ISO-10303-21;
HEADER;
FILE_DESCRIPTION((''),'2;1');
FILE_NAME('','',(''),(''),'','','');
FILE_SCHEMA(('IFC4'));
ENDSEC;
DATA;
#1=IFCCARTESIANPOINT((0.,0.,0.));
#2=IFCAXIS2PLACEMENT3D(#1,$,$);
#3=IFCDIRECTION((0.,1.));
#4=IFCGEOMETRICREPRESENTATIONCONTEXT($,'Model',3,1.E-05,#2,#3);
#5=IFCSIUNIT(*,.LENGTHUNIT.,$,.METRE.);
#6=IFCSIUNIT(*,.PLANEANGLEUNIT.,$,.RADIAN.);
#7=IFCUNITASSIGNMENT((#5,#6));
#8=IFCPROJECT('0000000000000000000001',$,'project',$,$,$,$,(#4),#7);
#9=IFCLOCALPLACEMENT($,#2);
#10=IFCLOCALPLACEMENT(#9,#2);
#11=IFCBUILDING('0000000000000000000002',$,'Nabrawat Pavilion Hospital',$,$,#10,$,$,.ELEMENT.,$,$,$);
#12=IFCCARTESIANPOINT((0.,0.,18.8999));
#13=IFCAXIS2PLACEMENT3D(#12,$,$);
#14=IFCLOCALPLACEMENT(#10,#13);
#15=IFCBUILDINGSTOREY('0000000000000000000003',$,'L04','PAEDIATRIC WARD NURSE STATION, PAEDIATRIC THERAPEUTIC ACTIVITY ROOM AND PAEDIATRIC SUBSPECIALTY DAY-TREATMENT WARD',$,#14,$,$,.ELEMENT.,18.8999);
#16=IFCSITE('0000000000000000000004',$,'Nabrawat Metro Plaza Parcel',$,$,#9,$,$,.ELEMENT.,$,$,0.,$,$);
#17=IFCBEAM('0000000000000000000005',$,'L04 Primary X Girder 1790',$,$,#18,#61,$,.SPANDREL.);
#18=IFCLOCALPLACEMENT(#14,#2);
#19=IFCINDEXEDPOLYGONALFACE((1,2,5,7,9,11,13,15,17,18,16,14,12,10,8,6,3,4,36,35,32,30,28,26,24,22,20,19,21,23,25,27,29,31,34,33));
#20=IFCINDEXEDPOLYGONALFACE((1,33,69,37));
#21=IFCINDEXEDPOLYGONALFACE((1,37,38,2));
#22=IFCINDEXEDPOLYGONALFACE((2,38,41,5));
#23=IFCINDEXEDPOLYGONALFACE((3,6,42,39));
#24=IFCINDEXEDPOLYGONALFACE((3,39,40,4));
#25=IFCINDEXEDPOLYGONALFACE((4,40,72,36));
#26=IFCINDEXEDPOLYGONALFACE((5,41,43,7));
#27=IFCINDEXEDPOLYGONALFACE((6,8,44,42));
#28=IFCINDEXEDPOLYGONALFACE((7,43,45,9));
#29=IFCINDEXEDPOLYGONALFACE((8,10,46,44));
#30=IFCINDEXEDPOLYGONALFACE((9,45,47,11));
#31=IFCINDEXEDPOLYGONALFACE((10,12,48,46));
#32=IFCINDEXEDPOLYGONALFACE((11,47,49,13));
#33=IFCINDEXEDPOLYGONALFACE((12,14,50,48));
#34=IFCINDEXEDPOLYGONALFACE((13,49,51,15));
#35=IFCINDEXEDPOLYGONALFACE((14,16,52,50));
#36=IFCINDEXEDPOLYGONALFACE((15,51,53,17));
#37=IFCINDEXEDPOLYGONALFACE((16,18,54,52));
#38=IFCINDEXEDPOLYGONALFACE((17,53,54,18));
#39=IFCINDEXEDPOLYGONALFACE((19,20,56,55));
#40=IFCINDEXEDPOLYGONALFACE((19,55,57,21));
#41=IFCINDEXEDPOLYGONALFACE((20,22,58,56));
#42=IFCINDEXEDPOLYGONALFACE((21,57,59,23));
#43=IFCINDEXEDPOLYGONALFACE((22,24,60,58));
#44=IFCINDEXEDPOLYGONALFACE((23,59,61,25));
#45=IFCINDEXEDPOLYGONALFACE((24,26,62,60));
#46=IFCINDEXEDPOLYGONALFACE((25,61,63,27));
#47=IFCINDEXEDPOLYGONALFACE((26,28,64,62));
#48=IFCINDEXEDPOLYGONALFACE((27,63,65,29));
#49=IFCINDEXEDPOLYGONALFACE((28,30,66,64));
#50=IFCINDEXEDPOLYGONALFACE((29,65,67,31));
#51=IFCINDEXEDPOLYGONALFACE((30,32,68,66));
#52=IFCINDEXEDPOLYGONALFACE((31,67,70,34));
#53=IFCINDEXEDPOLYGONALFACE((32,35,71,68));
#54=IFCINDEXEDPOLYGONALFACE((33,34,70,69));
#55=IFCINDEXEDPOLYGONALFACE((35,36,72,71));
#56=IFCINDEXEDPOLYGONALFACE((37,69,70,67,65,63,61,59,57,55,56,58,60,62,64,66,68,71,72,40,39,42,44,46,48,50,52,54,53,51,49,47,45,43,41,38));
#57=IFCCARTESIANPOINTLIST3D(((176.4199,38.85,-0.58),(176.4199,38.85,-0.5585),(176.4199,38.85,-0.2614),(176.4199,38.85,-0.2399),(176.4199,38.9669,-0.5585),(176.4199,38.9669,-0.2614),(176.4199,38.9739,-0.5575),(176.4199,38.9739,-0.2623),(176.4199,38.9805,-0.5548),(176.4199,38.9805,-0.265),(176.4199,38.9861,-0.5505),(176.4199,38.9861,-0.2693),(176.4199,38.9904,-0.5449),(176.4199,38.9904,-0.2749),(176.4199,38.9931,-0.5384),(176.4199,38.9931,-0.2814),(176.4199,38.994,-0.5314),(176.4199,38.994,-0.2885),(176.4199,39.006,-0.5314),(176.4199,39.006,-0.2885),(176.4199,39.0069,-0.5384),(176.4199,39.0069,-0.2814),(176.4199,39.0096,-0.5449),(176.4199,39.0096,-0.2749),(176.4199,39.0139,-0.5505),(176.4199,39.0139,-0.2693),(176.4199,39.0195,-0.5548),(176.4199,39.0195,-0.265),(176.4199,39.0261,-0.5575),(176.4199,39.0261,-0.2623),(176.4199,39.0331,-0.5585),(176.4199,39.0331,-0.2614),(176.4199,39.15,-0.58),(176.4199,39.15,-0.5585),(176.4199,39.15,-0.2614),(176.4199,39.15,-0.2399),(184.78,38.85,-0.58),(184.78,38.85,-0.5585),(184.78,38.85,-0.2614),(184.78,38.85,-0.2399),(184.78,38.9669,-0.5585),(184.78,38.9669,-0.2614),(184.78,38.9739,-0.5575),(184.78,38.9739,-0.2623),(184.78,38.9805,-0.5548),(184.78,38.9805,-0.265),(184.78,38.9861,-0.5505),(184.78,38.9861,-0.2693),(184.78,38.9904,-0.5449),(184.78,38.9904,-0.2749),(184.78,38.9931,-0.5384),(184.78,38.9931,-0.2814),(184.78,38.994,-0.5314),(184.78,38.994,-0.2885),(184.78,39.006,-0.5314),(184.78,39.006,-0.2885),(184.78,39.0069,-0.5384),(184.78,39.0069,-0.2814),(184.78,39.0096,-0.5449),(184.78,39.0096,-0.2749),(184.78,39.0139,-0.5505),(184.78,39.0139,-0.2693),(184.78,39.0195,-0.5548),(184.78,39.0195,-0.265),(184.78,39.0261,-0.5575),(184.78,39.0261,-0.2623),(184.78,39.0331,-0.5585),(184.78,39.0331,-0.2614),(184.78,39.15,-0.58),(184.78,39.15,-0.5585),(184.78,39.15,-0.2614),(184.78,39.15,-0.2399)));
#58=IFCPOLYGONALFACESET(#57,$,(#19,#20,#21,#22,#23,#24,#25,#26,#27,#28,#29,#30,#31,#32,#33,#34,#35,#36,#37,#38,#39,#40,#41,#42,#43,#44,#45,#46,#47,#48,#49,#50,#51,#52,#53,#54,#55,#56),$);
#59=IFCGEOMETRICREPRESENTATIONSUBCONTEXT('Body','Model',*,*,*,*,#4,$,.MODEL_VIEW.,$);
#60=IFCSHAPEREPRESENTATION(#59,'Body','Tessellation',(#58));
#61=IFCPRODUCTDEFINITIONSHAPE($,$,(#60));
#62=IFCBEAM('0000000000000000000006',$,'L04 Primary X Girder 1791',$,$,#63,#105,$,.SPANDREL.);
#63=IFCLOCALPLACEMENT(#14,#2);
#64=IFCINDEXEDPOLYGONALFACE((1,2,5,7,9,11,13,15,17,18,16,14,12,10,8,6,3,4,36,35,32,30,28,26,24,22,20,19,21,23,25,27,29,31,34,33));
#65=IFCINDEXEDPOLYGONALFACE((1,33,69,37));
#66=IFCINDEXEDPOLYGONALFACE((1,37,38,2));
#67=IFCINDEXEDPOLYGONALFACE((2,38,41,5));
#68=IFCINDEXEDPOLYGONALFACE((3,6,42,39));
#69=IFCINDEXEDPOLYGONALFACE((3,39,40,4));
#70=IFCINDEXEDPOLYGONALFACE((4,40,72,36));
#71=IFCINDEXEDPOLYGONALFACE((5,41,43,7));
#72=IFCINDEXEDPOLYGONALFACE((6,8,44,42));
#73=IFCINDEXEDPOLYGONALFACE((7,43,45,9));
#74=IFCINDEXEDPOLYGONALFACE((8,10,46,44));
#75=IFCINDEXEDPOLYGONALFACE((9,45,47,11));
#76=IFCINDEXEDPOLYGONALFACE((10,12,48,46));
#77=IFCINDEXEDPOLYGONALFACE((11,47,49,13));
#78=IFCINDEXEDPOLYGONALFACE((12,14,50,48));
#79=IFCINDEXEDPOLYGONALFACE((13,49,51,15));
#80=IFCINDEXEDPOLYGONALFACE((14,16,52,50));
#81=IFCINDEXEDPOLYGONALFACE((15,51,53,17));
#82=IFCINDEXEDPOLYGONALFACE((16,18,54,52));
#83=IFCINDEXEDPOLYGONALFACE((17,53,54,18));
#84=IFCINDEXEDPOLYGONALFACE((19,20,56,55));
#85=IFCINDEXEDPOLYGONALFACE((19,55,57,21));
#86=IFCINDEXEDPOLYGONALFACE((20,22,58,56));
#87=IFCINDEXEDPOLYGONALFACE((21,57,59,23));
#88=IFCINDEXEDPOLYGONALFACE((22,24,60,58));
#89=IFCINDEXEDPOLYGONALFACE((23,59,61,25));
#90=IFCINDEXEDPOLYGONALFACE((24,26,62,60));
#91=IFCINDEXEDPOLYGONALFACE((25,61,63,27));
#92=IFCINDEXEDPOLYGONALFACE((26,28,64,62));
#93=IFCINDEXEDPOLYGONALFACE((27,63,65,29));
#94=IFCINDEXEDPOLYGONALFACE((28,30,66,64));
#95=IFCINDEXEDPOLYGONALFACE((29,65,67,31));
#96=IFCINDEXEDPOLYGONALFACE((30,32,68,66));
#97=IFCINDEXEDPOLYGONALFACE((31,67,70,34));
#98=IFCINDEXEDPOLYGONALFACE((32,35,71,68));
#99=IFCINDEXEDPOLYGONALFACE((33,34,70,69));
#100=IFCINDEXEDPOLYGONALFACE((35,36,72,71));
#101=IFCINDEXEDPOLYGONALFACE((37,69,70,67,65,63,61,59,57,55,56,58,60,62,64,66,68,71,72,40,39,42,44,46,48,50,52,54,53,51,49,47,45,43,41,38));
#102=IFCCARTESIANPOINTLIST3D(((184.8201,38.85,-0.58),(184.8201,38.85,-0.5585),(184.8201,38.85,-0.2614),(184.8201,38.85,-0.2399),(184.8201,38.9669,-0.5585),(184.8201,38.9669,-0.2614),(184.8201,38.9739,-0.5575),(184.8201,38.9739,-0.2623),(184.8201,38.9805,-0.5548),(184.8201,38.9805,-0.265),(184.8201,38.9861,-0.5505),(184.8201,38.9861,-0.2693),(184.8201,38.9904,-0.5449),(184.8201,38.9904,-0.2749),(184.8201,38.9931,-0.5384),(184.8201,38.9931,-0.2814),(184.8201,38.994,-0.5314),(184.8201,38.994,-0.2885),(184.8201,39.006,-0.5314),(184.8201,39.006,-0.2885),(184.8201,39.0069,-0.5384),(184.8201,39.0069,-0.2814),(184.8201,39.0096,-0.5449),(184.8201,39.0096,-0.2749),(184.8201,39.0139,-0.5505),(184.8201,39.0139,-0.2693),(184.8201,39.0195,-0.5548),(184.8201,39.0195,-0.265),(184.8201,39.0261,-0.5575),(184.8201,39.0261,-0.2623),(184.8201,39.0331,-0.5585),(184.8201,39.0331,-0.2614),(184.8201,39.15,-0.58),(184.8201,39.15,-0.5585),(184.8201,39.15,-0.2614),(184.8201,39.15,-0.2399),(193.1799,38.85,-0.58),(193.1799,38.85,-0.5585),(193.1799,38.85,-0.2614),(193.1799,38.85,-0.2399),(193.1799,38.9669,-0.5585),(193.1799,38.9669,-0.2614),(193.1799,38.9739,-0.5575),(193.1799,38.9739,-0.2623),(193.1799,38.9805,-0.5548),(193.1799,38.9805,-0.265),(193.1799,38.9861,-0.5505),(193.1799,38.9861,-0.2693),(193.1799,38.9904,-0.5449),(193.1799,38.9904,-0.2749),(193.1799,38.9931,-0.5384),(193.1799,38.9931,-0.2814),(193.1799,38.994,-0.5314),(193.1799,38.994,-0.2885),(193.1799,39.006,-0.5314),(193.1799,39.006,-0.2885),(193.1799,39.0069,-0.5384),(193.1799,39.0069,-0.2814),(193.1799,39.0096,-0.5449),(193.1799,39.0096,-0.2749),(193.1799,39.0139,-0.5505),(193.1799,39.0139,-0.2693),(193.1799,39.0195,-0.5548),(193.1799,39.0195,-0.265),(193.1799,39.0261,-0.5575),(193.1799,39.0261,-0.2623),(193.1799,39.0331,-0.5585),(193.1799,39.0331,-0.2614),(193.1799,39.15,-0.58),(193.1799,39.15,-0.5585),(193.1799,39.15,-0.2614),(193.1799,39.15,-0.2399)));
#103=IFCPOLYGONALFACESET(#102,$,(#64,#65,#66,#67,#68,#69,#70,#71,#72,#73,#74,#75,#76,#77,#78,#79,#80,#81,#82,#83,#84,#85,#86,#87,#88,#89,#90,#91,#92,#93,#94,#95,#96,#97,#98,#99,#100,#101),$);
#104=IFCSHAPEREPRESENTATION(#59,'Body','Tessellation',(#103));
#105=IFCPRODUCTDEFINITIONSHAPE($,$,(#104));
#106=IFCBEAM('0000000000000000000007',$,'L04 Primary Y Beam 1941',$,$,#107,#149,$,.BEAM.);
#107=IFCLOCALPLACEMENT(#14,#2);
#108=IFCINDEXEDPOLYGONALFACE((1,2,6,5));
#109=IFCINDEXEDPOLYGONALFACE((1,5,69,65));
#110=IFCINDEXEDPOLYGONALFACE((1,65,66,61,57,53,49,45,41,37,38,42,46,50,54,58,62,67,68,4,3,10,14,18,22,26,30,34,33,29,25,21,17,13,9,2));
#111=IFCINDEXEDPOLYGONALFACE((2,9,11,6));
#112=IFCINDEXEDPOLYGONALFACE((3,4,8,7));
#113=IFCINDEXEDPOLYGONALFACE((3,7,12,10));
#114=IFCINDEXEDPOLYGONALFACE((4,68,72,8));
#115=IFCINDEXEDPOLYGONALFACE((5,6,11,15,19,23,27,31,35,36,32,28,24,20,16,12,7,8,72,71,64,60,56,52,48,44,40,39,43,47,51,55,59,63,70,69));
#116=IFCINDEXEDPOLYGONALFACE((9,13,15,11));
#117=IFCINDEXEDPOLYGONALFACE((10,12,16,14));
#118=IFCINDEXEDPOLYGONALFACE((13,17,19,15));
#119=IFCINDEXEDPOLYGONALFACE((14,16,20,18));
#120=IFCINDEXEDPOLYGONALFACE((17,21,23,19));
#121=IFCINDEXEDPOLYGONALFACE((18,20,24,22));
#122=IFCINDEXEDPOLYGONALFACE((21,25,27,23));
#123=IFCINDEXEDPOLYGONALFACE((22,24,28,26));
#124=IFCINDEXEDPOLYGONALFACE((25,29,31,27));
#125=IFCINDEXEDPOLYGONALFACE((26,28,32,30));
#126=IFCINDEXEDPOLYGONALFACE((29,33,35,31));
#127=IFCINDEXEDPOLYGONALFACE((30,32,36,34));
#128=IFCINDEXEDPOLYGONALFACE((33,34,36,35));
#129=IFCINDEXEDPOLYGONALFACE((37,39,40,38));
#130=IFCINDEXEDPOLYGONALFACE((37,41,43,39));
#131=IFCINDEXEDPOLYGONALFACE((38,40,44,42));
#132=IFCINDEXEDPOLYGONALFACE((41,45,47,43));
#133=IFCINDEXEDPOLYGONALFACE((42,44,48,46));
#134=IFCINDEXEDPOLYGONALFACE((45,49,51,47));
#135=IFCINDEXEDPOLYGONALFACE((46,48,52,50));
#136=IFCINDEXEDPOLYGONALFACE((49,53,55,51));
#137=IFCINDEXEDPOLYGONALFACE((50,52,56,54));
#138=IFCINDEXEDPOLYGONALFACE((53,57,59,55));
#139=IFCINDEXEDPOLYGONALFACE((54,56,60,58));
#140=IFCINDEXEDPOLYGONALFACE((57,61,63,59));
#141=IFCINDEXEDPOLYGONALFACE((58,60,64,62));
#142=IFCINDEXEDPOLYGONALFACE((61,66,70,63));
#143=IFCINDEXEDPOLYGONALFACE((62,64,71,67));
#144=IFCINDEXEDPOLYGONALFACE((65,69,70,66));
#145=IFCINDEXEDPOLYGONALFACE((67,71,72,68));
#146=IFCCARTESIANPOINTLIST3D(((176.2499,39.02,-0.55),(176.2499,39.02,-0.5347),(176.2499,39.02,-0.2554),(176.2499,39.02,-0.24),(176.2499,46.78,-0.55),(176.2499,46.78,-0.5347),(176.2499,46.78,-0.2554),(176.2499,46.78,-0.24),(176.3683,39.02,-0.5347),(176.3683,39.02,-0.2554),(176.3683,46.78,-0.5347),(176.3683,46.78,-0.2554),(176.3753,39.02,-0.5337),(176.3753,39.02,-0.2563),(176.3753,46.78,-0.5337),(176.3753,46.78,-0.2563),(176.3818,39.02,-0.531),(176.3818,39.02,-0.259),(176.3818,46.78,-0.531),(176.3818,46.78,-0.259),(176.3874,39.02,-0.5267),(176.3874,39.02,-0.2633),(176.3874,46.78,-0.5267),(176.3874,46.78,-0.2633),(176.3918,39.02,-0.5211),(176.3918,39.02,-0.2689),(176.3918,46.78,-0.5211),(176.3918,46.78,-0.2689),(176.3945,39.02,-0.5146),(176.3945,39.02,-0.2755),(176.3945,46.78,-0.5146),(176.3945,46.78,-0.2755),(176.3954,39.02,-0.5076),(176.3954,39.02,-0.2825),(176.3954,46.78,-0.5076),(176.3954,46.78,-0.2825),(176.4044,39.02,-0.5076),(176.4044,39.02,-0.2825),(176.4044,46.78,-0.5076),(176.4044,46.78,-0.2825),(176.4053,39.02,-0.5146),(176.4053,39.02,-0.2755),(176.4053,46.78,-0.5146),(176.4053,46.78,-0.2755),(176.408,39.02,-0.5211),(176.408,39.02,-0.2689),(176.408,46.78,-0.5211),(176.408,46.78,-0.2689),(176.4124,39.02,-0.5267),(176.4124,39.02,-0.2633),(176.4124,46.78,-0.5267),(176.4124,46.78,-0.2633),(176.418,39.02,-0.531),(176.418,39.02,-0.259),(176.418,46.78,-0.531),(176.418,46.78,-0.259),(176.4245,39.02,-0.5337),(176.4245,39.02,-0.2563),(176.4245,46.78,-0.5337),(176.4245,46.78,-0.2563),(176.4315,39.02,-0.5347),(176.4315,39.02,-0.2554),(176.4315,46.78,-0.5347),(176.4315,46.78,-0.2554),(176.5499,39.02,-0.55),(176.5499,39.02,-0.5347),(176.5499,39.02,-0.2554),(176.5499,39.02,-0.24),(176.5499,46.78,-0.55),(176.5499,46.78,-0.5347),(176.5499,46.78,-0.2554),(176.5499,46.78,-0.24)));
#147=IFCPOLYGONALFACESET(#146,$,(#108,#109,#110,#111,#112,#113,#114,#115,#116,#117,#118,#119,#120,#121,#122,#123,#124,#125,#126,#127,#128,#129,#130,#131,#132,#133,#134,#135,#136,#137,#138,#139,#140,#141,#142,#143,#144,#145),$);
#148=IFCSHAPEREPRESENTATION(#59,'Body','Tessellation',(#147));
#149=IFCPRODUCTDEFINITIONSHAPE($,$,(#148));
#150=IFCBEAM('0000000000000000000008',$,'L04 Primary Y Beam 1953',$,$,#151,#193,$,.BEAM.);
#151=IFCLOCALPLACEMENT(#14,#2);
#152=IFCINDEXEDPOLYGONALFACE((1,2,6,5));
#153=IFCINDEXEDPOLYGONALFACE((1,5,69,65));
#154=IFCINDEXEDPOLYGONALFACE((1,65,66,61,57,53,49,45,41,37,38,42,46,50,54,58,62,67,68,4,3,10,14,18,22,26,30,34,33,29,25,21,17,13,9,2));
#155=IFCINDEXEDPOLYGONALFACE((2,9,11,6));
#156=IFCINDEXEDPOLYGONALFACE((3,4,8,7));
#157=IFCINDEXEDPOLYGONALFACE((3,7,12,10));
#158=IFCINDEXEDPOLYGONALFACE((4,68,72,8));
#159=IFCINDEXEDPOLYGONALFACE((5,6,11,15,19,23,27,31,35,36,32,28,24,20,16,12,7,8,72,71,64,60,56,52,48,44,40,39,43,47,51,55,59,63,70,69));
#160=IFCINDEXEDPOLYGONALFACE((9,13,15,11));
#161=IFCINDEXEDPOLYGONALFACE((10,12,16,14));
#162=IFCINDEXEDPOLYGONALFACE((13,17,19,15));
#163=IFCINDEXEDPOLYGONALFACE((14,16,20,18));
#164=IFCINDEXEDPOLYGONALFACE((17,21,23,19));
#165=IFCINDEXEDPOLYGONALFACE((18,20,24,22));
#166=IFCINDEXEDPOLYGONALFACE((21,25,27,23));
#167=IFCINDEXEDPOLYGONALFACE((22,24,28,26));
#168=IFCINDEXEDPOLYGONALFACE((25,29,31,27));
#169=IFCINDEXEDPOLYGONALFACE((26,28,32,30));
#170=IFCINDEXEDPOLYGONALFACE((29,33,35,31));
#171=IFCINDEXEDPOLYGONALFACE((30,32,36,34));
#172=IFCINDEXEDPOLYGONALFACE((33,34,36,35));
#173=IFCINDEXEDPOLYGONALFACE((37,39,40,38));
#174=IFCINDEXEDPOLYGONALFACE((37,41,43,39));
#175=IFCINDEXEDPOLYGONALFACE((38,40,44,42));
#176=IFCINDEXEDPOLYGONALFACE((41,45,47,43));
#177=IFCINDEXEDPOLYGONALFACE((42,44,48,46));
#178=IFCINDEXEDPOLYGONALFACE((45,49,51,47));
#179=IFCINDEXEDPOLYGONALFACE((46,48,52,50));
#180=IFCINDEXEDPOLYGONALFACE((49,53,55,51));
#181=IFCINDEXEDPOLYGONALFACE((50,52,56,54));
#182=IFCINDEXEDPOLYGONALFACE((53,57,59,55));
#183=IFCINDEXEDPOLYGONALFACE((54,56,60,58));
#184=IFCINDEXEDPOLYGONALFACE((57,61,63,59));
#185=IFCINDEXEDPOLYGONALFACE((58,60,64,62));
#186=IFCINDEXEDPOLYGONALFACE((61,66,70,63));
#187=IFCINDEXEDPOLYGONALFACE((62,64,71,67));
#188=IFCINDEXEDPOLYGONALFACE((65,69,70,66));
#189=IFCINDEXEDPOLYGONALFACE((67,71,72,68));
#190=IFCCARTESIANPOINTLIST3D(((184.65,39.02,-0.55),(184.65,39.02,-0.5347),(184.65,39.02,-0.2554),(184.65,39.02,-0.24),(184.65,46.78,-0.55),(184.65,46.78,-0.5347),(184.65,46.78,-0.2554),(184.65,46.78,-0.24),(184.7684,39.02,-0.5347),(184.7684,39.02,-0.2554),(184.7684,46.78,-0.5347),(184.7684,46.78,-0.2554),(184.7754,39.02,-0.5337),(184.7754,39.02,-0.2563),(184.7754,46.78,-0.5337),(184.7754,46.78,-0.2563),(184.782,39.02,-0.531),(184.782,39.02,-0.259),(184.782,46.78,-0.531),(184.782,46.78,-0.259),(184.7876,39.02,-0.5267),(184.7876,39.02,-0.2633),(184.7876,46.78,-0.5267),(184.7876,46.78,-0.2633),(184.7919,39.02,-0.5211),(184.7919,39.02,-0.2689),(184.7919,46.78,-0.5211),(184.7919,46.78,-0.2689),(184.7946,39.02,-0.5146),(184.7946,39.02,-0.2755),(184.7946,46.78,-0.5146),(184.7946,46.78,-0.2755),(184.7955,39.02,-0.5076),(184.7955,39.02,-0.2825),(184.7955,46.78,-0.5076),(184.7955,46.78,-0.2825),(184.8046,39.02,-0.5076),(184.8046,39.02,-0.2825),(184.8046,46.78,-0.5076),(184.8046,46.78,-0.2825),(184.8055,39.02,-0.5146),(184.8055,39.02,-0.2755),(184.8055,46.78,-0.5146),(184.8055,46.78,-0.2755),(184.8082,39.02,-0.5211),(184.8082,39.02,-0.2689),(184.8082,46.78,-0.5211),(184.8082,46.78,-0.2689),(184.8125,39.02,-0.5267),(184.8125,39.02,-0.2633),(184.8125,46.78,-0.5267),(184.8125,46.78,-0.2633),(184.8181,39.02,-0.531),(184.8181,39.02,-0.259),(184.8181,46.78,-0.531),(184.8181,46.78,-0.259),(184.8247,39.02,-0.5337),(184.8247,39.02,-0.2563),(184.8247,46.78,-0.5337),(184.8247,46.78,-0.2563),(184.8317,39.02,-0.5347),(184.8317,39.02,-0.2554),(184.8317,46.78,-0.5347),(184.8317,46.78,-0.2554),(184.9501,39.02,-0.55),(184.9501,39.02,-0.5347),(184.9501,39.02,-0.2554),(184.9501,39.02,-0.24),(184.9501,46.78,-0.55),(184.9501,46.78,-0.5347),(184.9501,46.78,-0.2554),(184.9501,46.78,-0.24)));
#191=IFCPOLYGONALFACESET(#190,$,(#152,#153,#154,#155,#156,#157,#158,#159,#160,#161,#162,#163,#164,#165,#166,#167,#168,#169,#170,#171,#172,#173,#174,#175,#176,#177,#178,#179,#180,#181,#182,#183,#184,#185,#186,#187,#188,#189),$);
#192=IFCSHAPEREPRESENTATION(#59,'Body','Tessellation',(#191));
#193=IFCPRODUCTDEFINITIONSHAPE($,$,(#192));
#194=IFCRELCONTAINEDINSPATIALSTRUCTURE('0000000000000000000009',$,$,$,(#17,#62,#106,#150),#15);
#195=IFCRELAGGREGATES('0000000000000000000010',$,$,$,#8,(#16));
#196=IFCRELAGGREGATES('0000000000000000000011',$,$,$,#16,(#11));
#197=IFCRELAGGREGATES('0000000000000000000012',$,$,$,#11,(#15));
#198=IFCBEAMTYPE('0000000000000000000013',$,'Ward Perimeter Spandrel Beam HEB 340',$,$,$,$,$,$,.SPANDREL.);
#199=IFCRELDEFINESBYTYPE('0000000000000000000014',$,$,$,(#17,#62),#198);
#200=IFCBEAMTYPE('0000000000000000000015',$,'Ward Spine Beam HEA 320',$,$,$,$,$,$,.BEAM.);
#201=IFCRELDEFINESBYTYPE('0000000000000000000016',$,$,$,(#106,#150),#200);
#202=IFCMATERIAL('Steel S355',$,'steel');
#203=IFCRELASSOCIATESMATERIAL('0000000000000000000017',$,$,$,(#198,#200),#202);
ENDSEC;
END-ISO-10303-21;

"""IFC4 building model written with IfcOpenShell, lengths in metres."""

from ifc_helpers import new_model, si_unit, direction, frame, origin, origin_2d, place, context, subcontext, project, spatial, i_section, extrude, material, material_profile, profile_set, type_object, element, save


model = new_model("IFC4")

# Units and contexts
model_context = context("Model", 3, precision=1e-05, world=origin(), true_north=direction((0.0, 1.0)))
body_context = subcontext(model_context, "Body", "Model", "MODEL_VIEW")
ifc_project = project(units=[si_unit("LENGTHUNIT", "METRE"), si_unit("PLANEANGLEUNIT", "RADIAN")], contexts=[model_context])

# Site, building, storey
site_placement = place(None, origin())
site = spatial("IfcSite", under=ifc_project, at=site_placement, Name="Nabrawat Metro Plaza Parcel", CompositionType="ELEMENT", RefElevation=0.0)
building_placement = place(site_placement, origin())
building = spatial("IfcBuilding", under=site, at=building_placement, Name="Nabrawat Pavilion Hospital", CompositionType="ELEMENT")
storey_placement = place(building_placement, frame((0.0, 0.0, 18.8999)))
storey = spatial("IfcBuildingStorey", under=building, at=storey_placement, Name="L04", Description="PAEDIATRIC WARD NURSE STATION, PAEDIATRIC THERAPEUTIC ACTIVITY ROOM AND PAEDIATRIC SUBSPECIALTY DAY-TREATMENT WARD", CompositionType="ELEMENT", Elevation=18.8999)

# Shared definitions
ifc_material_1 = material(Name="Steel S355", Category="steel")

# Beams
ifc_material_profile_1 = material_profile(ifc_material_1, i_section(OverallWidth=0.3, OverallDepth=0.3401, WebThickness=0.012, FlangeThickness=0.0215, FilletRadius=0.0271, at=origin_2d()), Name="HEB 340")
ifc_profile_set_1 = profile_set([ifc_material_profile_1], Name="Steel S355")
beam_type_1 = type_object("IfcBeamType", Name="Ward Perimeter Spandrel Beam HEB 340", PredefinedType="SPANDREL", material=ifc_profile_set_1)
beam_1_placement = place(storey_placement, frame((176.4199, 39.0, -0.4099), z_axis=(1.0, 0.0, 0.0), x_axis=(0.0, 1.0, 0.0)))
element("IfcBeam", 1, at=beam_1_placement, inside=storey, type_object=beam_type_1, Name="L04 Primary X Girder 1790", PredefinedType="SPANDREL", context=body_context, shape_type="SweptSolid", body=[
    extrude(i_section(OverallWidth=0.3, OverallDepth=0.3401, WebThickness=0.012, FlangeThickness=0.0215, FilletRadius=0.0271, at=origin_2d()), origin(), (0.0, 0.0, 1.0), 8.3601),
])
beam_2_placement = place(storey_placement, frame((184.8201, 39.0, -0.4099), z_axis=(1.0, 0.0, 0.0), x_axis=(0.0, 1.0, 0.0)))
element("IfcBeam", 2, at=beam_2_placement, inside=storey, type_object=beam_type_1, Name="L04 Primary X Girder 1791", PredefinedType="SPANDREL", context=body_context, shape_type="SweptSolid", body=[
    extrude(i_section(OverallWidth=0.3, OverallDepth=0.3401, WebThickness=0.012, FlangeThickness=0.0215, FilletRadius=0.0271, at=origin_2d()), origin(), (0.0, 0.0, 1.0), 8.3599),
])
ifc_material_profile_2 = material_profile(ifc_material_1, i_section(OverallWidth=0.3, OverallDepth=0.3101, WebThickness=0.009, FlangeThickness=0.0154, FilletRadius=0.0271, at=origin_2d()), Name="HEA 320")
ifc_profile_set_2 = profile_set([ifc_material_profile_2], Name="Steel S355")
beam_type_2 = type_object("IfcBeamType", Name="Ward Spine Beam HEA 320", PredefinedType="BEAM", material=ifc_profile_set_2)
for number, where, z_axis, x_axis, name in (
    (3, (176.3999, 39.02, -0.395), (0.0, 1.0, 0.0), (-1.0, 0.0, 0.0), "L04 Primary Y Beam 1941"),
    (4, (184.8, 39.02, -0.395), (0.0, 1.0, 0.0), (-1.0, 0.0, 0.0), "L04 Primary Y Beam 1953"),
):
    element("IfcBeam", number, at=place(storey_placement, frame(where, z_axis=z_axis, x_axis=x_axis)), inside=storey, type_object=beam_type_2, Name=name, PredefinedType="BEAM", context=body_context, shape_type="SweptSolid", body=[
        extrude(i_section(OverallWidth=0.3, OverallDepth=0.3101, WebThickness=0.009, FlangeThickness=0.0154, FilletRadius=0.0271, at=origin_2d()), origin(), (0.0, 0.0, 1.0), 7.76),
    ])

save(model, "model.ifc")
